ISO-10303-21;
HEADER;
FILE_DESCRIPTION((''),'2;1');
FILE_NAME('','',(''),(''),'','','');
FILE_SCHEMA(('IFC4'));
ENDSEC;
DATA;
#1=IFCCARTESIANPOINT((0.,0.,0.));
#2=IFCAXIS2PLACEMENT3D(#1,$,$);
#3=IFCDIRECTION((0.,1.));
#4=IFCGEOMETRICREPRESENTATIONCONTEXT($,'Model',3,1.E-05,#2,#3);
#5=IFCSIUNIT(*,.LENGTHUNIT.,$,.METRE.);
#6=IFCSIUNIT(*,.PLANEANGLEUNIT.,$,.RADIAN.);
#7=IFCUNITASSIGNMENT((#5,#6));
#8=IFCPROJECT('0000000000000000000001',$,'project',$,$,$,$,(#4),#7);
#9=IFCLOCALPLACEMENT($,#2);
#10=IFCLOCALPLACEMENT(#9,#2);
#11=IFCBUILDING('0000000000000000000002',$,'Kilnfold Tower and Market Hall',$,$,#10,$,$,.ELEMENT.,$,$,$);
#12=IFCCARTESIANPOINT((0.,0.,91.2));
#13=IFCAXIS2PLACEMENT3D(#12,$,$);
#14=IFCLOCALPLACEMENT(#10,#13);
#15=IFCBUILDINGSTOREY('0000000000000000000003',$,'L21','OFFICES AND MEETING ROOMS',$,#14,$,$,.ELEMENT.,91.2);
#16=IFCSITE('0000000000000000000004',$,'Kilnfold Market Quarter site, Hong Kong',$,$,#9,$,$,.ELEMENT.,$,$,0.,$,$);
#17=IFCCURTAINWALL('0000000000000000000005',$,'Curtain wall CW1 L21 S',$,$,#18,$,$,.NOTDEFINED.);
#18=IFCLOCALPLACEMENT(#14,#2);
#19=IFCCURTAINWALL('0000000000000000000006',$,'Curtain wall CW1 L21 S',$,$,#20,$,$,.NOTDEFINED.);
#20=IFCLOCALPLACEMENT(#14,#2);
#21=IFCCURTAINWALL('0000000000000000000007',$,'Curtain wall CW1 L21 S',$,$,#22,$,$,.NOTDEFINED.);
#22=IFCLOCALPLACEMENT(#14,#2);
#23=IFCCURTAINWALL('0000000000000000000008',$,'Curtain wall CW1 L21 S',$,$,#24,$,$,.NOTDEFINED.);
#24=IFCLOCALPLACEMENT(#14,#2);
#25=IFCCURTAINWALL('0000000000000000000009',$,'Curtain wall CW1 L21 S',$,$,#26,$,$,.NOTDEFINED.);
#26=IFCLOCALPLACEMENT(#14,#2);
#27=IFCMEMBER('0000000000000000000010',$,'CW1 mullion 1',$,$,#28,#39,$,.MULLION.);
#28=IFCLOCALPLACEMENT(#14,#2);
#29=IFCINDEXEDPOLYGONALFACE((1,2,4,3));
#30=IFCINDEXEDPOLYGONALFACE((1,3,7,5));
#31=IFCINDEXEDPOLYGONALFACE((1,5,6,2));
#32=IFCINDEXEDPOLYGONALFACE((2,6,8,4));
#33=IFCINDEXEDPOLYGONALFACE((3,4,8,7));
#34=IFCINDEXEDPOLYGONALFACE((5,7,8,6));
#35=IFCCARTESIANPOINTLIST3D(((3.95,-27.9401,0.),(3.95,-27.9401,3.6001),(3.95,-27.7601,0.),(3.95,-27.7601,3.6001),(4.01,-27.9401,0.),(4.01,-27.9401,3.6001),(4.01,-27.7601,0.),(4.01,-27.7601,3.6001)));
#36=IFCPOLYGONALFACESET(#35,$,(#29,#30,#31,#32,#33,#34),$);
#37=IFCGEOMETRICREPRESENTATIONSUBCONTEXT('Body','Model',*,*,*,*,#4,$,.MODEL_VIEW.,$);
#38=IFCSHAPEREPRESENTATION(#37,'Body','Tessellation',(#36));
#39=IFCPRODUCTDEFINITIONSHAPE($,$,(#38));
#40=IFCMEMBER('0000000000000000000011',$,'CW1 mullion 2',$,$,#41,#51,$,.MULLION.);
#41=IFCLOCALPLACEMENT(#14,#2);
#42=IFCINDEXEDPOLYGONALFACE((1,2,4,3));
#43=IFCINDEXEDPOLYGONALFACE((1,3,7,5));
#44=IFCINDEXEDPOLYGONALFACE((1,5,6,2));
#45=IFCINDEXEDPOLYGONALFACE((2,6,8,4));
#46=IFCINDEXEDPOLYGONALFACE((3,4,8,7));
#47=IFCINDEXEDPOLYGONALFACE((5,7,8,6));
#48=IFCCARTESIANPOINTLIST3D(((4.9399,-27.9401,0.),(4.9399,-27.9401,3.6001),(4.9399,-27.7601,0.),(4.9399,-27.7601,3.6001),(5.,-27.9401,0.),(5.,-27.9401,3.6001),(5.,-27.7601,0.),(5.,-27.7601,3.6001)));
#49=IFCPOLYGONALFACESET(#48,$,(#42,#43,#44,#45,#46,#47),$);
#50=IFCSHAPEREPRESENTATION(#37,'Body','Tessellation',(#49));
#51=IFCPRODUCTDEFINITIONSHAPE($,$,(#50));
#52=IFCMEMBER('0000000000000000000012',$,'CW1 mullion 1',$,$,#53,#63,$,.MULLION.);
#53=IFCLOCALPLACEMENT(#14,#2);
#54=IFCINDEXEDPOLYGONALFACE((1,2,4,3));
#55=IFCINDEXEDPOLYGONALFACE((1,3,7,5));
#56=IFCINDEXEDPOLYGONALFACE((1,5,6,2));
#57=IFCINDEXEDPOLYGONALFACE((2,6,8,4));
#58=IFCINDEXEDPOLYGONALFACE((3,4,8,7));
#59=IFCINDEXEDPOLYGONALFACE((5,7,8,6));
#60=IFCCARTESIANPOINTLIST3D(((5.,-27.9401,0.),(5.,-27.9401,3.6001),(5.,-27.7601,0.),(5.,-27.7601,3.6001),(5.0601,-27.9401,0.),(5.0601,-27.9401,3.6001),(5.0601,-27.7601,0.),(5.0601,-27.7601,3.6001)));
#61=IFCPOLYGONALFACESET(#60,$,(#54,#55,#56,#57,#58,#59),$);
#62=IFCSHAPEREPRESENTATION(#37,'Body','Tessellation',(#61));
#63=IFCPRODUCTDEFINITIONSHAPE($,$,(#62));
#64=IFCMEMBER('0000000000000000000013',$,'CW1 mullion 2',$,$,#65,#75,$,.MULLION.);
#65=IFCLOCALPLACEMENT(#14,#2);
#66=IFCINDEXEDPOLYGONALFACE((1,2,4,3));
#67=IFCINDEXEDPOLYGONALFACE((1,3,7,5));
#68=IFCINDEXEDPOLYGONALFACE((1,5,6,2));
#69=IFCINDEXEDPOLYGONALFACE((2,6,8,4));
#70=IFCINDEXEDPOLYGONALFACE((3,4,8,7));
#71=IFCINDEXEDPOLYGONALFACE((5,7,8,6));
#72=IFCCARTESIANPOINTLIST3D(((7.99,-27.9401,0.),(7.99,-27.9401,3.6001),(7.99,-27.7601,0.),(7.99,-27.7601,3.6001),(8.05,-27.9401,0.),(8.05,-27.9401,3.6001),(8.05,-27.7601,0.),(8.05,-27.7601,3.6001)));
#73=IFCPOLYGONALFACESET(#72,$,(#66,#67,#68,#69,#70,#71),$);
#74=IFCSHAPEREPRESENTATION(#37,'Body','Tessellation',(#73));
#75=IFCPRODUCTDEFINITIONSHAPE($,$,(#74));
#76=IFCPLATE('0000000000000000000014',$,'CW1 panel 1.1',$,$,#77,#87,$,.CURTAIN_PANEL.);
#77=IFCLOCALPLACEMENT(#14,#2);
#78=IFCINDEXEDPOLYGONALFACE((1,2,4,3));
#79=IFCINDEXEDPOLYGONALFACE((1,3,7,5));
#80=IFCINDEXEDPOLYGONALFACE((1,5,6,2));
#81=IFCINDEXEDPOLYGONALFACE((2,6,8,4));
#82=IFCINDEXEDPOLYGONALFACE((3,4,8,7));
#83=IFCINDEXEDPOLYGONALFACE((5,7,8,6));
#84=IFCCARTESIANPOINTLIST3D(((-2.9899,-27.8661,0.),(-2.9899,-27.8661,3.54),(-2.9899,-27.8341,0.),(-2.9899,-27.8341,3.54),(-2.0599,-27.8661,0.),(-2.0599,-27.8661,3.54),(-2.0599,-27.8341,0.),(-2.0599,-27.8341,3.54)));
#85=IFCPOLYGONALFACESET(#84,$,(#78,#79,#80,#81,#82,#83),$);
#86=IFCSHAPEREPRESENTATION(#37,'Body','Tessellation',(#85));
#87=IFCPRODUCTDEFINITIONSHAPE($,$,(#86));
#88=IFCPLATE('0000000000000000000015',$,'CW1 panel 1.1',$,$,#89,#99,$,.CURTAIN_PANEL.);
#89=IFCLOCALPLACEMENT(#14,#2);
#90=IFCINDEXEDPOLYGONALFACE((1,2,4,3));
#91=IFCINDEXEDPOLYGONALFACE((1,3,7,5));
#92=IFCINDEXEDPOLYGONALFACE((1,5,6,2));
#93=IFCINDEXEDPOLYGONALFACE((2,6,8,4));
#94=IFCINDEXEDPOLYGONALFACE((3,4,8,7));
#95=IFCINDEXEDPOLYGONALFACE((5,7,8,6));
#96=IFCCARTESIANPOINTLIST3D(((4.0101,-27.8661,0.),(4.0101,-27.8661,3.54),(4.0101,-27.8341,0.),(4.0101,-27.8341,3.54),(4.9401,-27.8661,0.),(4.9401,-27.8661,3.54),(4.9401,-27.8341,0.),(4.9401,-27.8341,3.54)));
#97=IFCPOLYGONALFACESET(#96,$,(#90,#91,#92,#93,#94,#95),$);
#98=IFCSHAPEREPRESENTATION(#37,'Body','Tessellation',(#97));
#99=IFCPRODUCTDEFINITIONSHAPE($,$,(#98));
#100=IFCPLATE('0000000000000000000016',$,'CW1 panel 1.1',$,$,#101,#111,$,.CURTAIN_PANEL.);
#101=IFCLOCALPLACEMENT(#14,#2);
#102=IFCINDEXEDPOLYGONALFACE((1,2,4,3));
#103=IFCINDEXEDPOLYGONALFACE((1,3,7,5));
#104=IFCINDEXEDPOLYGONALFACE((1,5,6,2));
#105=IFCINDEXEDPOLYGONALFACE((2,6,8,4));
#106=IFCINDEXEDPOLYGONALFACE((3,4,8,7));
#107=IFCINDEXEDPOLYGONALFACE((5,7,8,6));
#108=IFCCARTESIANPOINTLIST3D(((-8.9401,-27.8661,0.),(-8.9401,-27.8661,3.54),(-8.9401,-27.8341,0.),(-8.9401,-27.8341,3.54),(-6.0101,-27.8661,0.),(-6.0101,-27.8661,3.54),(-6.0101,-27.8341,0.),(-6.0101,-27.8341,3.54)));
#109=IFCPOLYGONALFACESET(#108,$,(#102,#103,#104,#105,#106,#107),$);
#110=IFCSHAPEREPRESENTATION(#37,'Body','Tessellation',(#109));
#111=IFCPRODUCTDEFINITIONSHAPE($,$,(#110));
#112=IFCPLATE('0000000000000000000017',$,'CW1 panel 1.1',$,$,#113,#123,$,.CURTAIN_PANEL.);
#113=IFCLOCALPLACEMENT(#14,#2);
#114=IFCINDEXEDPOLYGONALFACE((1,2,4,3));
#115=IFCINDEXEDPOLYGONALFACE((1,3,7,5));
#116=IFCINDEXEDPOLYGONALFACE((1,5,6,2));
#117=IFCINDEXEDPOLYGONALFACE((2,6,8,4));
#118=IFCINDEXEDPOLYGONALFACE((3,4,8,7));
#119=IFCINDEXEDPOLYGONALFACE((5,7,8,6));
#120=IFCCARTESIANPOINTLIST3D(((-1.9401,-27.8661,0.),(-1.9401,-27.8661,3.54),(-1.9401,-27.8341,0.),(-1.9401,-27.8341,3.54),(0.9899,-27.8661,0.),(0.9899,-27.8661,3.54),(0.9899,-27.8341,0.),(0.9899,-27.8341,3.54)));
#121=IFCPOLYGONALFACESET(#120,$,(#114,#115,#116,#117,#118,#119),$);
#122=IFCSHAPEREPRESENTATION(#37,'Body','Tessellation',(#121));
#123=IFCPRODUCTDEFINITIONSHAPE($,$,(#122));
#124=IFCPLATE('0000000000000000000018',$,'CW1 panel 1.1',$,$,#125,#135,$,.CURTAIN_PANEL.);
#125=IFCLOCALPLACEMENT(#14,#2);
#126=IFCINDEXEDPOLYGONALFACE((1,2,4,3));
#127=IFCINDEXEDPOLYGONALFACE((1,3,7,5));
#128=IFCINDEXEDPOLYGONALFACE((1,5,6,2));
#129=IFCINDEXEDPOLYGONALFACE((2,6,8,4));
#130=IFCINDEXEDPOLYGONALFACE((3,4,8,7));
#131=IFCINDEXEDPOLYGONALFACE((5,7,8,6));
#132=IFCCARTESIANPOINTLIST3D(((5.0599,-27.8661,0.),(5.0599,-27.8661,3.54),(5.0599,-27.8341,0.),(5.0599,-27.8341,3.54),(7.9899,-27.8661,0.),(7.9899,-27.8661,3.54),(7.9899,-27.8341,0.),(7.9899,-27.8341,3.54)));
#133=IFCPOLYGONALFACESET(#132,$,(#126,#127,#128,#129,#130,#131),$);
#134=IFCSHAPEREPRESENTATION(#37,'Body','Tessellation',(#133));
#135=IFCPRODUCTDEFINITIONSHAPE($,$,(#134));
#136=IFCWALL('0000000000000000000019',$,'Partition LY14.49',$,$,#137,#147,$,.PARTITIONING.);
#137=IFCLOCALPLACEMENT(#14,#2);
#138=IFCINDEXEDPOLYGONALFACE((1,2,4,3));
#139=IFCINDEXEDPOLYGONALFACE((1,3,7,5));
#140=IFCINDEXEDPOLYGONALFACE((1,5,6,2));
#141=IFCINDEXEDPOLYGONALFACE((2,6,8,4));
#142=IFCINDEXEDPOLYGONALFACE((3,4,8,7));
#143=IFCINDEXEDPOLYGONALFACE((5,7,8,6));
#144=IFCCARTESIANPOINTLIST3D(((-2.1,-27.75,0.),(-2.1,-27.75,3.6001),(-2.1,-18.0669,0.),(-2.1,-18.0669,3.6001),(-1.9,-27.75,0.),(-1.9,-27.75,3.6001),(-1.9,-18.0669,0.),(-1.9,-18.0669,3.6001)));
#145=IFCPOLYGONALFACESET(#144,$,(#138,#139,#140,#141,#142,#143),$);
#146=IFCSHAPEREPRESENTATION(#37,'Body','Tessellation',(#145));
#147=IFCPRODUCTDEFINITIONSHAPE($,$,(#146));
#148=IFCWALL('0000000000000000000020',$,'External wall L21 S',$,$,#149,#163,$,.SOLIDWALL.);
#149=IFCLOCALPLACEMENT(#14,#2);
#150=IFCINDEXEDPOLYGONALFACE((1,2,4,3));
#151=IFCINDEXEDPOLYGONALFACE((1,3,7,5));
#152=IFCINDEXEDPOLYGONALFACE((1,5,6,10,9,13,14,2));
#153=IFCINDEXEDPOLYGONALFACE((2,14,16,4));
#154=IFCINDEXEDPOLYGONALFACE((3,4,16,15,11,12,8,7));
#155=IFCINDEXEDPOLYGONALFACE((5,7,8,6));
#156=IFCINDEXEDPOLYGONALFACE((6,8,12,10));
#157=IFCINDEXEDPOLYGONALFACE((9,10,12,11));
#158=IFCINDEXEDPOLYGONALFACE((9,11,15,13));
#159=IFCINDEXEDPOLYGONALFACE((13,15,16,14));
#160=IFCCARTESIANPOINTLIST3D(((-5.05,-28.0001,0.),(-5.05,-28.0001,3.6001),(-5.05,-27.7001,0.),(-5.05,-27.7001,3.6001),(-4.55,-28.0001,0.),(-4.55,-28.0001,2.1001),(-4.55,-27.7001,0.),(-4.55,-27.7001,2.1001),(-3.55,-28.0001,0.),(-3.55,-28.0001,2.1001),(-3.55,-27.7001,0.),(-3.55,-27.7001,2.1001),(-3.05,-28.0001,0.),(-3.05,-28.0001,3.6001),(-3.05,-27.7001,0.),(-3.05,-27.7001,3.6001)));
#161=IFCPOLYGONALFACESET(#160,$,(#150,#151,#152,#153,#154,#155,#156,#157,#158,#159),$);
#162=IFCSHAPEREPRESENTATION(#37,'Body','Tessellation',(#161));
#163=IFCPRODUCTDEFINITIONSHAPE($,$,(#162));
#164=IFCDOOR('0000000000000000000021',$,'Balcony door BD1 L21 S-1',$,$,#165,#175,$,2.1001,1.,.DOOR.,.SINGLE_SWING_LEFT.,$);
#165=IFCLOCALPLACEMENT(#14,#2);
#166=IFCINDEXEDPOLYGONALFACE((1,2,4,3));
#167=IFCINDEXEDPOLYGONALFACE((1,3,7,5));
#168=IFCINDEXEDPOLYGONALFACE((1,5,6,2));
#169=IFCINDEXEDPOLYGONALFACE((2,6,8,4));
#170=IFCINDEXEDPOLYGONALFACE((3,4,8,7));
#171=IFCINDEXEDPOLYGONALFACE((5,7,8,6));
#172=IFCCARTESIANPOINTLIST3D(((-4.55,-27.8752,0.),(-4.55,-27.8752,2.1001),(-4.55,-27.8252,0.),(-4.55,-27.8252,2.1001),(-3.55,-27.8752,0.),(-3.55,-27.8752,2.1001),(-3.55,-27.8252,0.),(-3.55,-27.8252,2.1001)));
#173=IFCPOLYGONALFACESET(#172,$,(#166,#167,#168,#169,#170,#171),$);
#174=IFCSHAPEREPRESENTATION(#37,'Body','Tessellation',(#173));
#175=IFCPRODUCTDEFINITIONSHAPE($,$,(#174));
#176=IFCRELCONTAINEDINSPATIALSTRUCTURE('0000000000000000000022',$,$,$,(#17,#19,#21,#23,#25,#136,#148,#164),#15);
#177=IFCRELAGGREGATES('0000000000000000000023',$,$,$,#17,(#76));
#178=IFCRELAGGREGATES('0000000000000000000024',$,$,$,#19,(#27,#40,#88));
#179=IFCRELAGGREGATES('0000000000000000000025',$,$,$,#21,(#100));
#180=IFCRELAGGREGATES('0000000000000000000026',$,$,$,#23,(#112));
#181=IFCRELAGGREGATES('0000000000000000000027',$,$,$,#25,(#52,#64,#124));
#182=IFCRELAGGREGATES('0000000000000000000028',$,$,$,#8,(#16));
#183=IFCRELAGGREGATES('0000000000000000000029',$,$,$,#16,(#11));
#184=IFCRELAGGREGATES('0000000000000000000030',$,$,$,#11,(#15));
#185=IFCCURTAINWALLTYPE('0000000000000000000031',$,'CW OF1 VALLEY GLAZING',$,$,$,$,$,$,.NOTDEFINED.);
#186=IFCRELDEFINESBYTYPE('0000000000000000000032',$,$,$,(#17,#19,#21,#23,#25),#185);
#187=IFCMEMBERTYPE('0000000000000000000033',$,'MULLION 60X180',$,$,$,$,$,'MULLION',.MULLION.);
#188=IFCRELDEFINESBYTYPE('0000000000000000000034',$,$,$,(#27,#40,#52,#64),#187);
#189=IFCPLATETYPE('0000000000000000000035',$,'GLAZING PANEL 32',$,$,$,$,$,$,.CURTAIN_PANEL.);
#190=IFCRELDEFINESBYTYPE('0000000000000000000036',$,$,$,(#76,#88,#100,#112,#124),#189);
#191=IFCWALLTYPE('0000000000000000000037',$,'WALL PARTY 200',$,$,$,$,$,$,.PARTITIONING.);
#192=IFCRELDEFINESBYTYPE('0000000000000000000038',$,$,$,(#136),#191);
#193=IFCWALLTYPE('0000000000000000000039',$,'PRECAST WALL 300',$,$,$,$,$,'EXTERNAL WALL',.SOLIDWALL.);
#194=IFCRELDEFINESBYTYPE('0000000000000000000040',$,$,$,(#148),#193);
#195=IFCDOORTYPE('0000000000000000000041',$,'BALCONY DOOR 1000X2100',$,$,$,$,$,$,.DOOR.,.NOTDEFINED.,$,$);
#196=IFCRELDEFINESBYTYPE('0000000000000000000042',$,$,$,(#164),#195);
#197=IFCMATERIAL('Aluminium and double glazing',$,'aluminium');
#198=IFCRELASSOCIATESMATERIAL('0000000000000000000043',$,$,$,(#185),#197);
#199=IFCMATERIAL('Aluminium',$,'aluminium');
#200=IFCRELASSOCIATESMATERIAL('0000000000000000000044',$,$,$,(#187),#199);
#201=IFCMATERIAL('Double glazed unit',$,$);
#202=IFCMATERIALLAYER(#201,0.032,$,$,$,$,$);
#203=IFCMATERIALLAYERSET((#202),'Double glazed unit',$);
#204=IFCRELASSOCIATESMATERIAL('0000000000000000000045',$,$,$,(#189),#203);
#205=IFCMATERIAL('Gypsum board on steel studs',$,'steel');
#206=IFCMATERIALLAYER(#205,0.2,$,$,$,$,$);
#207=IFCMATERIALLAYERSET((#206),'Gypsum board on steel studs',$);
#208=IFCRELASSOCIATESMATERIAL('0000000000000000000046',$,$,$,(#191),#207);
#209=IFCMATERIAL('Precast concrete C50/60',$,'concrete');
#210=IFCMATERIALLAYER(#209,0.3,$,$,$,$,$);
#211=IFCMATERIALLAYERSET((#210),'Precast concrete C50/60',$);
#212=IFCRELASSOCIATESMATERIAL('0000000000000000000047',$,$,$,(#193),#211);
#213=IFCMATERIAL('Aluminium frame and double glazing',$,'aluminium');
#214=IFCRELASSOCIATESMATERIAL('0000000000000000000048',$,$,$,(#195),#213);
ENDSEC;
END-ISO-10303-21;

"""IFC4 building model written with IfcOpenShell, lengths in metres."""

from ifc_helpers import new_model, si_unit, direction, frame, frame_2d, origin, origin_2d, place, context, subcontext, project, spatial, rectangle, extrude, source, transform, mapped, material, layer, layer_set, material_profile, profile_set, type_object, element, fill, aggregate, save


model = new_model("IFC4")

# Units and contexts
model_context = context("Model", 3, precision=1e-05, world=origin(), true_north=direction((0.0, 1.0)))
body_context = subcontext(model_context, "Body", "Model", "MODEL_VIEW")
ifc_project = project(units=[si_unit("LENGTHUNIT", "METRE"), si_unit("PLANEANGLEUNIT", "RADIAN")], contexts=[model_context])

# Site, building, storey
site_placement = place(None, origin())
site = spatial("IfcSite", under=ifc_project, at=site_placement, Name="Kilnfold Market Quarter site, Hong Kong", CompositionType="ELEMENT", RefElevation=0.0)
building_placement = place(site_placement, origin())
building = spatial("IfcBuilding", under=site, at=building_placement, Name="Kilnfold Tower and Market Hall", CompositionType="ELEMENT")
storey_placement = place(building_placement, frame((0.0, 0.0, 91.2)))
storey = spatial("IfcBuildingStorey", under=building, at=storey_placement, Name="L21", Description="OFFICES AND MEETING ROOMS", CompositionType="ELEMENT", Elevation=91.2)

# Curtain walls
ifc_material_1 = material(Name="Aluminium and double glazing", Category="aluminium")
curtain_wall_type = type_object("IfcCurtainWallType", Name="CW OF1 VALLEY GLAZING", PredefinedType="NOTDEFINED", material=ifc_material_1)
curtain_wall_1_placement = place(storey_placement, origin())
curtain_wall_1 = element("IfcCurtainWall", 1, at=curtain_wall_1_placement, inside=storey, type_object=curtain_wall_type, Name="Curtain wall CW1 L21 S", PredefinedType="NOTDEFINED")
curtain_wall_2_placement = place(storey_placement, origin())
curtain_wall_2 = element("IfcCurtainWall", 2, at=curtain_wall_2_placement, inside=storey, type_object=curtain_wall_type, Name="Curtain wall CW1 L21 S", PredefinedType="NOTDEFINED")
curtain_wall_3_placement = place(storey_placement, origin())
curtain_wall_3 = element("IfcCurtainWall", 3, at=curtain_wall_3_placement, inside=storey, type_object=curtain_wall_type, Name="Curtain wall CW1 L21 S", PredefinedType="NOTDEFINED")
curtain_wall_4_placement = place(storey_placement, origin())
curtain_wall_4 = element("IfcCurtainWall", 4, at=curtain_wall_4_placement, inside=storey, type_object=curtain_wall_type, Name="Curtain wall CW1 L21 S", PredefinedType="NOTDEFINED")
curtain_wall_5_placement = place(storey_placement, origin())
curtain_wall_5 = element("IfcCurtainWall", 5, at=curtain_wall_5_placement, inside=storey, type_object=curtain_wall_type, Name="Curtain wall CW1 L21 S", PredefinedType="NOTDEFINED")

# Members
ifc_material_2 = material(Name="Aluminium", Category="aluminium")
ifc_material_profile_1 = material_profile(ifc_material_2, rectangle(XDim=0.0601, YDim=0.1799, at=origin_2d()), Name="MULLION 60x180")
ifc_profile_set_1 = profile_set([ifc_material_profile_1], Name="Aluminium")
member_type_1 = type_object("IfcMemberType", Name="MULLION 60X180", ElementType="MULLION", PredefinedType="MULLION", material=ifc_profile_set_1)
shared_shape_1 = source(origin(), body_context, "Body", "SweptSolid", [
    extrude(rectangle(XDim=0.0601, YDim=0.1799, at=origin_2d()), origin(), (0.0, 0.0, 1.0), 3.6001),
])
member_1_placement = place(storey_placement, frame((3.98, -27.8501, 0.0), z_axis=(0.0, 0.0, 1.0), x_axis=(1.0, 0.0, 0.0)))
member_1 = element("IfcMember", 6, at=member_1_placement, type_object=member_type_1, Name="CW1 mullion 1", PredefinedType="MULLION", context=body_context, shape_type="MappedRepresentation", body=[
    mapped(shared_shape_1, transform((0.0, 0.0, 0.0))),
])
member_2_placement = place(storey_placement, frame((4.97, -27.8501, 0.0), z_axis=(0.0, 0.0, 1.0), x_axis=(1.0, 0.0, 0.0)))
member_2 = element("IfcMember", 7, at=member_2_placement, type_object=member_type_1, Name="CW1 mullion 2", PredefinedType="MULLION", context=body_context, shape_type="MappedRepresentation", body=[
    mapped(shared_shape_1, transform((0.0, 0.0, 0.0))),
])
member_3_placement = place(storey_placement, frame((5.03, -27.8501, 0.0), z_axis=(0.0, 0.0, 1.0), x_axis=(1.0, 0.0, 0.0)))
member_3 = element("IfcMember", 8, at=member_3_placement, type_object=member_type_1, Name="CW1 mullion 1", PredefinedType="MULLION", context=body_context, shape_type="MappedRepresentation", body=[
    mapped(shared_shape_1, transform((0.0, 0.0, 0.0))),
])
member_4_placement = place(storey_placement, frame((8.02, -27.8501, 0.0), z_axis=(0.0, 0.0, 1.0), x_axis=(1.0, 0.0, 0.0)))
member_4 = element("IfcMember", 9, at=member_4_placement, type_object=member_type_1, Name="CW1 mullion 2", PredefinedType="MULLION", context=body_context, shape_type="MappedRepresentation", body=[
    mapped(shared_shape_1, transform((0.0, 0.0, 0.0))),
])

# Plates
ifc_material_3 = material(Name="Double glazed unit")
ifc_layer_1 = layer(ifc_material_3, 0.032)
ifc_layer_set_1 = layer_set([ifc_layer_1], Name="Double glazed unit")
plate_type = type_object("IfcPlateType", Name="GLAZING PANEL 32", PredefinedType="CURTAIN_PANEL", material=ifc_layer_set_1)
shared_shape_2 = source(origin(), body_context, "Body", "SweptSolid", [
    extrude(rectangle(XDim=0.9299, YDim=0.032, at=origin_2d()), origin(), (0.0, 0.0, 1.0), 3.54),
])
plate_1_placement = place(storey_placement, frame((-2.5249, -27.8501, 0.0), z_axis=(0.0, 0.0, 1.0), x_axis=(1.0, 0.0, 0.0)))
plate_1 = element("IfcPlate", 10, at=plate_1_placement, type_object=plate_type, Name="CW1 panel 1.1", PredefinedType="CURTAIN_PANEL", context=body_context, shape_type="MappedRepresentation", body=[
    mapped(shared_shape_2, transform((0.0, 0.0, 0.0))),
])
aggregate(curtain_wall_1, [plate_1])
plate_2_placement = place(storey_placement, frame((4.4751, -27.8501, 0.0), z_axis=(0.0, 0.0, 1.0), x_axis=(1.0, 0.0, 0.0)))
plate_2 = element("IfcPlate", 11, at=plate_2_placement, type_object=plate_type, Name="CW1 panel 1.1", PredefinedType="CURTAIN_PANEL", context=body_context, shape_type="MappedRepresentation", body=[
    mapped(shared_shape_2, transform((0.0, 0.0, 0.0))),
])
aggregate(curtain_wall_2, [member_1, member_2, plate_2])
shared_shape_3 = source(origin(), body_context, "Body", "SweptSolid", [
    extrude(rectangle(XDim=2.9299, YDim=0.032, at=origin_2d()), origin(), (0.0, 0.0, 1.0), 3.54),
])
plate_3_placement = place(storey_placement, frame((-7.4751, -27.8501, 0.0), z_axis=(0.0, 0.0, 1.0), x_axis=(1.0, 0.0, 0.0)))
plate_3 = element("IfcPlate", 12, at=plate_3_placement, type_object=plate_type, Name="CW1 panel 1.1", PredefinedType="CURTAIN_PANEL", context=body_context, shape_type="MappedRepresentation", body=[
    mapped(shared_shape_3, transform((0.0, 0.0, 0.0))),
])
aggregate(curtain_wall_3, [plate_3])
plate_4_placement = place(storey_placement, frame((-0.4751, -27.8501, 0.0), z_axis=(0.0, 0.0, 1.0), x_axis=(1.0, 0.0, 0.0)))
plate_4 = element("IfcPlate", 13, at=plate_4_placement, type_object=plate_type, Name="CW1 panel 1.1", PredefinedType="CURTAIN_PANEL", context=body_context, shape_type="MappedRepresentation", body=[
    mapped(shared_shape_3, transform((0.0, 0.0, 0.0))),
])
aggregate(curtain_wall_4, [plate_4])
plate_5_placement = place(storey_placement, frame((6.5249, -27.8501, 0.0), z_axis=(0.0, 0.0, 1.0), x_axis=(1.0, 0.0, 0.0)))
plate_5 = element("IfcPlate", 14, at=plate_5_placement, type_object=plate_type, Name="CW1 panel 1.1", PredefinedType="CURTAIN_PANEL", context=body_context, shape_type="MappedRepresentation", body=[
    mapped(shared_shape_3, transform((0.0, 0.0, 0.0))),
])
aggregate(curtain_wall_5, [member_3, member_4, plate_5])

# Wall
ifc_material_4 = material(Name="Gypsum board on steel studs", Category="steel")
ifc_layer_2 = layer(ifc_material_4, 0.2)
ifc_layer_set_2 = layer_set([ifc_layer_2], Name="Gypsum board on steel studs")
wall_type_1 = type_object("IfcWallType", Name="WALL PARTY 200", PredefinedType="PARTITIONING", material=ifc_layer_set_2)
wall_1_placement = place(storey_placement, frame((-2.0, -27.75, 0.0), z_axis=(0.0, 0.0, 1.0), x_axis=(0.0, 1.0, 0.0)))
element("IfcWall", 15, at=wall_1_placement, inside=storey, type_object=wall_type_1, Name="Partition LY14.49", PredefinedType="PARTITIONING", context=body_context, shape_type="SweptSolid", body=[
    extrude(rectangle(XDim=9.6831, YDim=0.2, at=frame_2d((4.8416, 0.0))), origin(), (0.0, 0.0, 1.0), 3.6001),
])

# Wall, opening, door
ifc_material_5 = material(Name="Precast concrete C50/60", Category="concrete")
ifc_layer_3 = layer(ifc_material_5, 0.3)
ifc_layer_set_3 = layer_set([ifc_layer_3], Name="Precast concrete C50/60")
wall_type_2 = type_object("IfcWallType", Name="PRECAST WALL 300", ElementType="EXTERNAL WALL", PredefinedType="SOLIDWALL", material=ifc_layer_set_3)
shared_shape_4 = source(origin(), body_context, "Body", "SweptSolid", [
    extrude(rectangle(XDim=2.0, YDim=0.3, at=frame_2d((1.0, 0.0))), origin(), (0.0, 0.0, 1.0), 3.6001),
])
wall_2_placement = place(storey_placement, frame((-5.05, -27.8501, 0.0), z_axis=(0.0, 0.0, 1.0), x_axis=(1.0, 0.0, 0.0)))
wall_2 = element("IfcWall", 16, at=wall_2_placement, inside=storey, type_object=wall_type_2, Name="External wall L21 S", PredefinedType="SOLIDWALL", context=body_context, shape_type="MappedRepresentation", body=[
    mapped(shared_shape_4, transform((0.0, 0.0, 0.0))),
])
opening_1_placement = place(wall_2_placement, frame((0.5, 0.0, 0.0)))
opening_1 = element("IfcOpeningElement", 17, at=opening_1_placement, cuts=wall_2, PredefinedType="OPENING", context=body_context, shape_type="SweptSolid", body=[
    extrude(rectangle(XDim=1.0, YDim=2.1001, at=frame_2d((0.5, 1.05))), frame((0.0, 0.1602, 0.0), z_axis=(0.0, -1.0, 0.0), x_axis=(1.0, 0.0, 0.0)), (0.0, 0.0, 1.0), 0.3201),
])
ifc_material_6 = material(Name="Aluminium frame and double glazing", Category="aluminium")
door_type = type_object("IfcDoorType", Name="BALCONY DOOR 1000X2100", OperationType="NOTDEFINED", PredefinedType="DOOR", material=ifc_material_6)
door_1_placement = place(opening_1_placement, origin())
door_1 = element("IfcDoor", 18, at=door_1_placement, inside=storey, type_object=door_type, Name="Balcony door BD1 L21 S-1", OperationType="SINGLE_SWING_LEFT", OverallHeight=2.1001, OverallWidth=1.0, PredefinedType="DOOR", context=body_context, shape_type="SweptSolid", body=[
    extrude(rectangle(XDim=1.0, YDim=2.1001, at=frame_2d((0.5, 1.05))), frame((0.0, 0.0249, 0.0), z_axis=(0.0, -1.0, 0.0), x_axis=(1.0, 0.0, 0.0)), (0.0, 0.0, 1.0), 0.05),
])
fill(opening_1, door_1)

save(model, "model.ifc")
